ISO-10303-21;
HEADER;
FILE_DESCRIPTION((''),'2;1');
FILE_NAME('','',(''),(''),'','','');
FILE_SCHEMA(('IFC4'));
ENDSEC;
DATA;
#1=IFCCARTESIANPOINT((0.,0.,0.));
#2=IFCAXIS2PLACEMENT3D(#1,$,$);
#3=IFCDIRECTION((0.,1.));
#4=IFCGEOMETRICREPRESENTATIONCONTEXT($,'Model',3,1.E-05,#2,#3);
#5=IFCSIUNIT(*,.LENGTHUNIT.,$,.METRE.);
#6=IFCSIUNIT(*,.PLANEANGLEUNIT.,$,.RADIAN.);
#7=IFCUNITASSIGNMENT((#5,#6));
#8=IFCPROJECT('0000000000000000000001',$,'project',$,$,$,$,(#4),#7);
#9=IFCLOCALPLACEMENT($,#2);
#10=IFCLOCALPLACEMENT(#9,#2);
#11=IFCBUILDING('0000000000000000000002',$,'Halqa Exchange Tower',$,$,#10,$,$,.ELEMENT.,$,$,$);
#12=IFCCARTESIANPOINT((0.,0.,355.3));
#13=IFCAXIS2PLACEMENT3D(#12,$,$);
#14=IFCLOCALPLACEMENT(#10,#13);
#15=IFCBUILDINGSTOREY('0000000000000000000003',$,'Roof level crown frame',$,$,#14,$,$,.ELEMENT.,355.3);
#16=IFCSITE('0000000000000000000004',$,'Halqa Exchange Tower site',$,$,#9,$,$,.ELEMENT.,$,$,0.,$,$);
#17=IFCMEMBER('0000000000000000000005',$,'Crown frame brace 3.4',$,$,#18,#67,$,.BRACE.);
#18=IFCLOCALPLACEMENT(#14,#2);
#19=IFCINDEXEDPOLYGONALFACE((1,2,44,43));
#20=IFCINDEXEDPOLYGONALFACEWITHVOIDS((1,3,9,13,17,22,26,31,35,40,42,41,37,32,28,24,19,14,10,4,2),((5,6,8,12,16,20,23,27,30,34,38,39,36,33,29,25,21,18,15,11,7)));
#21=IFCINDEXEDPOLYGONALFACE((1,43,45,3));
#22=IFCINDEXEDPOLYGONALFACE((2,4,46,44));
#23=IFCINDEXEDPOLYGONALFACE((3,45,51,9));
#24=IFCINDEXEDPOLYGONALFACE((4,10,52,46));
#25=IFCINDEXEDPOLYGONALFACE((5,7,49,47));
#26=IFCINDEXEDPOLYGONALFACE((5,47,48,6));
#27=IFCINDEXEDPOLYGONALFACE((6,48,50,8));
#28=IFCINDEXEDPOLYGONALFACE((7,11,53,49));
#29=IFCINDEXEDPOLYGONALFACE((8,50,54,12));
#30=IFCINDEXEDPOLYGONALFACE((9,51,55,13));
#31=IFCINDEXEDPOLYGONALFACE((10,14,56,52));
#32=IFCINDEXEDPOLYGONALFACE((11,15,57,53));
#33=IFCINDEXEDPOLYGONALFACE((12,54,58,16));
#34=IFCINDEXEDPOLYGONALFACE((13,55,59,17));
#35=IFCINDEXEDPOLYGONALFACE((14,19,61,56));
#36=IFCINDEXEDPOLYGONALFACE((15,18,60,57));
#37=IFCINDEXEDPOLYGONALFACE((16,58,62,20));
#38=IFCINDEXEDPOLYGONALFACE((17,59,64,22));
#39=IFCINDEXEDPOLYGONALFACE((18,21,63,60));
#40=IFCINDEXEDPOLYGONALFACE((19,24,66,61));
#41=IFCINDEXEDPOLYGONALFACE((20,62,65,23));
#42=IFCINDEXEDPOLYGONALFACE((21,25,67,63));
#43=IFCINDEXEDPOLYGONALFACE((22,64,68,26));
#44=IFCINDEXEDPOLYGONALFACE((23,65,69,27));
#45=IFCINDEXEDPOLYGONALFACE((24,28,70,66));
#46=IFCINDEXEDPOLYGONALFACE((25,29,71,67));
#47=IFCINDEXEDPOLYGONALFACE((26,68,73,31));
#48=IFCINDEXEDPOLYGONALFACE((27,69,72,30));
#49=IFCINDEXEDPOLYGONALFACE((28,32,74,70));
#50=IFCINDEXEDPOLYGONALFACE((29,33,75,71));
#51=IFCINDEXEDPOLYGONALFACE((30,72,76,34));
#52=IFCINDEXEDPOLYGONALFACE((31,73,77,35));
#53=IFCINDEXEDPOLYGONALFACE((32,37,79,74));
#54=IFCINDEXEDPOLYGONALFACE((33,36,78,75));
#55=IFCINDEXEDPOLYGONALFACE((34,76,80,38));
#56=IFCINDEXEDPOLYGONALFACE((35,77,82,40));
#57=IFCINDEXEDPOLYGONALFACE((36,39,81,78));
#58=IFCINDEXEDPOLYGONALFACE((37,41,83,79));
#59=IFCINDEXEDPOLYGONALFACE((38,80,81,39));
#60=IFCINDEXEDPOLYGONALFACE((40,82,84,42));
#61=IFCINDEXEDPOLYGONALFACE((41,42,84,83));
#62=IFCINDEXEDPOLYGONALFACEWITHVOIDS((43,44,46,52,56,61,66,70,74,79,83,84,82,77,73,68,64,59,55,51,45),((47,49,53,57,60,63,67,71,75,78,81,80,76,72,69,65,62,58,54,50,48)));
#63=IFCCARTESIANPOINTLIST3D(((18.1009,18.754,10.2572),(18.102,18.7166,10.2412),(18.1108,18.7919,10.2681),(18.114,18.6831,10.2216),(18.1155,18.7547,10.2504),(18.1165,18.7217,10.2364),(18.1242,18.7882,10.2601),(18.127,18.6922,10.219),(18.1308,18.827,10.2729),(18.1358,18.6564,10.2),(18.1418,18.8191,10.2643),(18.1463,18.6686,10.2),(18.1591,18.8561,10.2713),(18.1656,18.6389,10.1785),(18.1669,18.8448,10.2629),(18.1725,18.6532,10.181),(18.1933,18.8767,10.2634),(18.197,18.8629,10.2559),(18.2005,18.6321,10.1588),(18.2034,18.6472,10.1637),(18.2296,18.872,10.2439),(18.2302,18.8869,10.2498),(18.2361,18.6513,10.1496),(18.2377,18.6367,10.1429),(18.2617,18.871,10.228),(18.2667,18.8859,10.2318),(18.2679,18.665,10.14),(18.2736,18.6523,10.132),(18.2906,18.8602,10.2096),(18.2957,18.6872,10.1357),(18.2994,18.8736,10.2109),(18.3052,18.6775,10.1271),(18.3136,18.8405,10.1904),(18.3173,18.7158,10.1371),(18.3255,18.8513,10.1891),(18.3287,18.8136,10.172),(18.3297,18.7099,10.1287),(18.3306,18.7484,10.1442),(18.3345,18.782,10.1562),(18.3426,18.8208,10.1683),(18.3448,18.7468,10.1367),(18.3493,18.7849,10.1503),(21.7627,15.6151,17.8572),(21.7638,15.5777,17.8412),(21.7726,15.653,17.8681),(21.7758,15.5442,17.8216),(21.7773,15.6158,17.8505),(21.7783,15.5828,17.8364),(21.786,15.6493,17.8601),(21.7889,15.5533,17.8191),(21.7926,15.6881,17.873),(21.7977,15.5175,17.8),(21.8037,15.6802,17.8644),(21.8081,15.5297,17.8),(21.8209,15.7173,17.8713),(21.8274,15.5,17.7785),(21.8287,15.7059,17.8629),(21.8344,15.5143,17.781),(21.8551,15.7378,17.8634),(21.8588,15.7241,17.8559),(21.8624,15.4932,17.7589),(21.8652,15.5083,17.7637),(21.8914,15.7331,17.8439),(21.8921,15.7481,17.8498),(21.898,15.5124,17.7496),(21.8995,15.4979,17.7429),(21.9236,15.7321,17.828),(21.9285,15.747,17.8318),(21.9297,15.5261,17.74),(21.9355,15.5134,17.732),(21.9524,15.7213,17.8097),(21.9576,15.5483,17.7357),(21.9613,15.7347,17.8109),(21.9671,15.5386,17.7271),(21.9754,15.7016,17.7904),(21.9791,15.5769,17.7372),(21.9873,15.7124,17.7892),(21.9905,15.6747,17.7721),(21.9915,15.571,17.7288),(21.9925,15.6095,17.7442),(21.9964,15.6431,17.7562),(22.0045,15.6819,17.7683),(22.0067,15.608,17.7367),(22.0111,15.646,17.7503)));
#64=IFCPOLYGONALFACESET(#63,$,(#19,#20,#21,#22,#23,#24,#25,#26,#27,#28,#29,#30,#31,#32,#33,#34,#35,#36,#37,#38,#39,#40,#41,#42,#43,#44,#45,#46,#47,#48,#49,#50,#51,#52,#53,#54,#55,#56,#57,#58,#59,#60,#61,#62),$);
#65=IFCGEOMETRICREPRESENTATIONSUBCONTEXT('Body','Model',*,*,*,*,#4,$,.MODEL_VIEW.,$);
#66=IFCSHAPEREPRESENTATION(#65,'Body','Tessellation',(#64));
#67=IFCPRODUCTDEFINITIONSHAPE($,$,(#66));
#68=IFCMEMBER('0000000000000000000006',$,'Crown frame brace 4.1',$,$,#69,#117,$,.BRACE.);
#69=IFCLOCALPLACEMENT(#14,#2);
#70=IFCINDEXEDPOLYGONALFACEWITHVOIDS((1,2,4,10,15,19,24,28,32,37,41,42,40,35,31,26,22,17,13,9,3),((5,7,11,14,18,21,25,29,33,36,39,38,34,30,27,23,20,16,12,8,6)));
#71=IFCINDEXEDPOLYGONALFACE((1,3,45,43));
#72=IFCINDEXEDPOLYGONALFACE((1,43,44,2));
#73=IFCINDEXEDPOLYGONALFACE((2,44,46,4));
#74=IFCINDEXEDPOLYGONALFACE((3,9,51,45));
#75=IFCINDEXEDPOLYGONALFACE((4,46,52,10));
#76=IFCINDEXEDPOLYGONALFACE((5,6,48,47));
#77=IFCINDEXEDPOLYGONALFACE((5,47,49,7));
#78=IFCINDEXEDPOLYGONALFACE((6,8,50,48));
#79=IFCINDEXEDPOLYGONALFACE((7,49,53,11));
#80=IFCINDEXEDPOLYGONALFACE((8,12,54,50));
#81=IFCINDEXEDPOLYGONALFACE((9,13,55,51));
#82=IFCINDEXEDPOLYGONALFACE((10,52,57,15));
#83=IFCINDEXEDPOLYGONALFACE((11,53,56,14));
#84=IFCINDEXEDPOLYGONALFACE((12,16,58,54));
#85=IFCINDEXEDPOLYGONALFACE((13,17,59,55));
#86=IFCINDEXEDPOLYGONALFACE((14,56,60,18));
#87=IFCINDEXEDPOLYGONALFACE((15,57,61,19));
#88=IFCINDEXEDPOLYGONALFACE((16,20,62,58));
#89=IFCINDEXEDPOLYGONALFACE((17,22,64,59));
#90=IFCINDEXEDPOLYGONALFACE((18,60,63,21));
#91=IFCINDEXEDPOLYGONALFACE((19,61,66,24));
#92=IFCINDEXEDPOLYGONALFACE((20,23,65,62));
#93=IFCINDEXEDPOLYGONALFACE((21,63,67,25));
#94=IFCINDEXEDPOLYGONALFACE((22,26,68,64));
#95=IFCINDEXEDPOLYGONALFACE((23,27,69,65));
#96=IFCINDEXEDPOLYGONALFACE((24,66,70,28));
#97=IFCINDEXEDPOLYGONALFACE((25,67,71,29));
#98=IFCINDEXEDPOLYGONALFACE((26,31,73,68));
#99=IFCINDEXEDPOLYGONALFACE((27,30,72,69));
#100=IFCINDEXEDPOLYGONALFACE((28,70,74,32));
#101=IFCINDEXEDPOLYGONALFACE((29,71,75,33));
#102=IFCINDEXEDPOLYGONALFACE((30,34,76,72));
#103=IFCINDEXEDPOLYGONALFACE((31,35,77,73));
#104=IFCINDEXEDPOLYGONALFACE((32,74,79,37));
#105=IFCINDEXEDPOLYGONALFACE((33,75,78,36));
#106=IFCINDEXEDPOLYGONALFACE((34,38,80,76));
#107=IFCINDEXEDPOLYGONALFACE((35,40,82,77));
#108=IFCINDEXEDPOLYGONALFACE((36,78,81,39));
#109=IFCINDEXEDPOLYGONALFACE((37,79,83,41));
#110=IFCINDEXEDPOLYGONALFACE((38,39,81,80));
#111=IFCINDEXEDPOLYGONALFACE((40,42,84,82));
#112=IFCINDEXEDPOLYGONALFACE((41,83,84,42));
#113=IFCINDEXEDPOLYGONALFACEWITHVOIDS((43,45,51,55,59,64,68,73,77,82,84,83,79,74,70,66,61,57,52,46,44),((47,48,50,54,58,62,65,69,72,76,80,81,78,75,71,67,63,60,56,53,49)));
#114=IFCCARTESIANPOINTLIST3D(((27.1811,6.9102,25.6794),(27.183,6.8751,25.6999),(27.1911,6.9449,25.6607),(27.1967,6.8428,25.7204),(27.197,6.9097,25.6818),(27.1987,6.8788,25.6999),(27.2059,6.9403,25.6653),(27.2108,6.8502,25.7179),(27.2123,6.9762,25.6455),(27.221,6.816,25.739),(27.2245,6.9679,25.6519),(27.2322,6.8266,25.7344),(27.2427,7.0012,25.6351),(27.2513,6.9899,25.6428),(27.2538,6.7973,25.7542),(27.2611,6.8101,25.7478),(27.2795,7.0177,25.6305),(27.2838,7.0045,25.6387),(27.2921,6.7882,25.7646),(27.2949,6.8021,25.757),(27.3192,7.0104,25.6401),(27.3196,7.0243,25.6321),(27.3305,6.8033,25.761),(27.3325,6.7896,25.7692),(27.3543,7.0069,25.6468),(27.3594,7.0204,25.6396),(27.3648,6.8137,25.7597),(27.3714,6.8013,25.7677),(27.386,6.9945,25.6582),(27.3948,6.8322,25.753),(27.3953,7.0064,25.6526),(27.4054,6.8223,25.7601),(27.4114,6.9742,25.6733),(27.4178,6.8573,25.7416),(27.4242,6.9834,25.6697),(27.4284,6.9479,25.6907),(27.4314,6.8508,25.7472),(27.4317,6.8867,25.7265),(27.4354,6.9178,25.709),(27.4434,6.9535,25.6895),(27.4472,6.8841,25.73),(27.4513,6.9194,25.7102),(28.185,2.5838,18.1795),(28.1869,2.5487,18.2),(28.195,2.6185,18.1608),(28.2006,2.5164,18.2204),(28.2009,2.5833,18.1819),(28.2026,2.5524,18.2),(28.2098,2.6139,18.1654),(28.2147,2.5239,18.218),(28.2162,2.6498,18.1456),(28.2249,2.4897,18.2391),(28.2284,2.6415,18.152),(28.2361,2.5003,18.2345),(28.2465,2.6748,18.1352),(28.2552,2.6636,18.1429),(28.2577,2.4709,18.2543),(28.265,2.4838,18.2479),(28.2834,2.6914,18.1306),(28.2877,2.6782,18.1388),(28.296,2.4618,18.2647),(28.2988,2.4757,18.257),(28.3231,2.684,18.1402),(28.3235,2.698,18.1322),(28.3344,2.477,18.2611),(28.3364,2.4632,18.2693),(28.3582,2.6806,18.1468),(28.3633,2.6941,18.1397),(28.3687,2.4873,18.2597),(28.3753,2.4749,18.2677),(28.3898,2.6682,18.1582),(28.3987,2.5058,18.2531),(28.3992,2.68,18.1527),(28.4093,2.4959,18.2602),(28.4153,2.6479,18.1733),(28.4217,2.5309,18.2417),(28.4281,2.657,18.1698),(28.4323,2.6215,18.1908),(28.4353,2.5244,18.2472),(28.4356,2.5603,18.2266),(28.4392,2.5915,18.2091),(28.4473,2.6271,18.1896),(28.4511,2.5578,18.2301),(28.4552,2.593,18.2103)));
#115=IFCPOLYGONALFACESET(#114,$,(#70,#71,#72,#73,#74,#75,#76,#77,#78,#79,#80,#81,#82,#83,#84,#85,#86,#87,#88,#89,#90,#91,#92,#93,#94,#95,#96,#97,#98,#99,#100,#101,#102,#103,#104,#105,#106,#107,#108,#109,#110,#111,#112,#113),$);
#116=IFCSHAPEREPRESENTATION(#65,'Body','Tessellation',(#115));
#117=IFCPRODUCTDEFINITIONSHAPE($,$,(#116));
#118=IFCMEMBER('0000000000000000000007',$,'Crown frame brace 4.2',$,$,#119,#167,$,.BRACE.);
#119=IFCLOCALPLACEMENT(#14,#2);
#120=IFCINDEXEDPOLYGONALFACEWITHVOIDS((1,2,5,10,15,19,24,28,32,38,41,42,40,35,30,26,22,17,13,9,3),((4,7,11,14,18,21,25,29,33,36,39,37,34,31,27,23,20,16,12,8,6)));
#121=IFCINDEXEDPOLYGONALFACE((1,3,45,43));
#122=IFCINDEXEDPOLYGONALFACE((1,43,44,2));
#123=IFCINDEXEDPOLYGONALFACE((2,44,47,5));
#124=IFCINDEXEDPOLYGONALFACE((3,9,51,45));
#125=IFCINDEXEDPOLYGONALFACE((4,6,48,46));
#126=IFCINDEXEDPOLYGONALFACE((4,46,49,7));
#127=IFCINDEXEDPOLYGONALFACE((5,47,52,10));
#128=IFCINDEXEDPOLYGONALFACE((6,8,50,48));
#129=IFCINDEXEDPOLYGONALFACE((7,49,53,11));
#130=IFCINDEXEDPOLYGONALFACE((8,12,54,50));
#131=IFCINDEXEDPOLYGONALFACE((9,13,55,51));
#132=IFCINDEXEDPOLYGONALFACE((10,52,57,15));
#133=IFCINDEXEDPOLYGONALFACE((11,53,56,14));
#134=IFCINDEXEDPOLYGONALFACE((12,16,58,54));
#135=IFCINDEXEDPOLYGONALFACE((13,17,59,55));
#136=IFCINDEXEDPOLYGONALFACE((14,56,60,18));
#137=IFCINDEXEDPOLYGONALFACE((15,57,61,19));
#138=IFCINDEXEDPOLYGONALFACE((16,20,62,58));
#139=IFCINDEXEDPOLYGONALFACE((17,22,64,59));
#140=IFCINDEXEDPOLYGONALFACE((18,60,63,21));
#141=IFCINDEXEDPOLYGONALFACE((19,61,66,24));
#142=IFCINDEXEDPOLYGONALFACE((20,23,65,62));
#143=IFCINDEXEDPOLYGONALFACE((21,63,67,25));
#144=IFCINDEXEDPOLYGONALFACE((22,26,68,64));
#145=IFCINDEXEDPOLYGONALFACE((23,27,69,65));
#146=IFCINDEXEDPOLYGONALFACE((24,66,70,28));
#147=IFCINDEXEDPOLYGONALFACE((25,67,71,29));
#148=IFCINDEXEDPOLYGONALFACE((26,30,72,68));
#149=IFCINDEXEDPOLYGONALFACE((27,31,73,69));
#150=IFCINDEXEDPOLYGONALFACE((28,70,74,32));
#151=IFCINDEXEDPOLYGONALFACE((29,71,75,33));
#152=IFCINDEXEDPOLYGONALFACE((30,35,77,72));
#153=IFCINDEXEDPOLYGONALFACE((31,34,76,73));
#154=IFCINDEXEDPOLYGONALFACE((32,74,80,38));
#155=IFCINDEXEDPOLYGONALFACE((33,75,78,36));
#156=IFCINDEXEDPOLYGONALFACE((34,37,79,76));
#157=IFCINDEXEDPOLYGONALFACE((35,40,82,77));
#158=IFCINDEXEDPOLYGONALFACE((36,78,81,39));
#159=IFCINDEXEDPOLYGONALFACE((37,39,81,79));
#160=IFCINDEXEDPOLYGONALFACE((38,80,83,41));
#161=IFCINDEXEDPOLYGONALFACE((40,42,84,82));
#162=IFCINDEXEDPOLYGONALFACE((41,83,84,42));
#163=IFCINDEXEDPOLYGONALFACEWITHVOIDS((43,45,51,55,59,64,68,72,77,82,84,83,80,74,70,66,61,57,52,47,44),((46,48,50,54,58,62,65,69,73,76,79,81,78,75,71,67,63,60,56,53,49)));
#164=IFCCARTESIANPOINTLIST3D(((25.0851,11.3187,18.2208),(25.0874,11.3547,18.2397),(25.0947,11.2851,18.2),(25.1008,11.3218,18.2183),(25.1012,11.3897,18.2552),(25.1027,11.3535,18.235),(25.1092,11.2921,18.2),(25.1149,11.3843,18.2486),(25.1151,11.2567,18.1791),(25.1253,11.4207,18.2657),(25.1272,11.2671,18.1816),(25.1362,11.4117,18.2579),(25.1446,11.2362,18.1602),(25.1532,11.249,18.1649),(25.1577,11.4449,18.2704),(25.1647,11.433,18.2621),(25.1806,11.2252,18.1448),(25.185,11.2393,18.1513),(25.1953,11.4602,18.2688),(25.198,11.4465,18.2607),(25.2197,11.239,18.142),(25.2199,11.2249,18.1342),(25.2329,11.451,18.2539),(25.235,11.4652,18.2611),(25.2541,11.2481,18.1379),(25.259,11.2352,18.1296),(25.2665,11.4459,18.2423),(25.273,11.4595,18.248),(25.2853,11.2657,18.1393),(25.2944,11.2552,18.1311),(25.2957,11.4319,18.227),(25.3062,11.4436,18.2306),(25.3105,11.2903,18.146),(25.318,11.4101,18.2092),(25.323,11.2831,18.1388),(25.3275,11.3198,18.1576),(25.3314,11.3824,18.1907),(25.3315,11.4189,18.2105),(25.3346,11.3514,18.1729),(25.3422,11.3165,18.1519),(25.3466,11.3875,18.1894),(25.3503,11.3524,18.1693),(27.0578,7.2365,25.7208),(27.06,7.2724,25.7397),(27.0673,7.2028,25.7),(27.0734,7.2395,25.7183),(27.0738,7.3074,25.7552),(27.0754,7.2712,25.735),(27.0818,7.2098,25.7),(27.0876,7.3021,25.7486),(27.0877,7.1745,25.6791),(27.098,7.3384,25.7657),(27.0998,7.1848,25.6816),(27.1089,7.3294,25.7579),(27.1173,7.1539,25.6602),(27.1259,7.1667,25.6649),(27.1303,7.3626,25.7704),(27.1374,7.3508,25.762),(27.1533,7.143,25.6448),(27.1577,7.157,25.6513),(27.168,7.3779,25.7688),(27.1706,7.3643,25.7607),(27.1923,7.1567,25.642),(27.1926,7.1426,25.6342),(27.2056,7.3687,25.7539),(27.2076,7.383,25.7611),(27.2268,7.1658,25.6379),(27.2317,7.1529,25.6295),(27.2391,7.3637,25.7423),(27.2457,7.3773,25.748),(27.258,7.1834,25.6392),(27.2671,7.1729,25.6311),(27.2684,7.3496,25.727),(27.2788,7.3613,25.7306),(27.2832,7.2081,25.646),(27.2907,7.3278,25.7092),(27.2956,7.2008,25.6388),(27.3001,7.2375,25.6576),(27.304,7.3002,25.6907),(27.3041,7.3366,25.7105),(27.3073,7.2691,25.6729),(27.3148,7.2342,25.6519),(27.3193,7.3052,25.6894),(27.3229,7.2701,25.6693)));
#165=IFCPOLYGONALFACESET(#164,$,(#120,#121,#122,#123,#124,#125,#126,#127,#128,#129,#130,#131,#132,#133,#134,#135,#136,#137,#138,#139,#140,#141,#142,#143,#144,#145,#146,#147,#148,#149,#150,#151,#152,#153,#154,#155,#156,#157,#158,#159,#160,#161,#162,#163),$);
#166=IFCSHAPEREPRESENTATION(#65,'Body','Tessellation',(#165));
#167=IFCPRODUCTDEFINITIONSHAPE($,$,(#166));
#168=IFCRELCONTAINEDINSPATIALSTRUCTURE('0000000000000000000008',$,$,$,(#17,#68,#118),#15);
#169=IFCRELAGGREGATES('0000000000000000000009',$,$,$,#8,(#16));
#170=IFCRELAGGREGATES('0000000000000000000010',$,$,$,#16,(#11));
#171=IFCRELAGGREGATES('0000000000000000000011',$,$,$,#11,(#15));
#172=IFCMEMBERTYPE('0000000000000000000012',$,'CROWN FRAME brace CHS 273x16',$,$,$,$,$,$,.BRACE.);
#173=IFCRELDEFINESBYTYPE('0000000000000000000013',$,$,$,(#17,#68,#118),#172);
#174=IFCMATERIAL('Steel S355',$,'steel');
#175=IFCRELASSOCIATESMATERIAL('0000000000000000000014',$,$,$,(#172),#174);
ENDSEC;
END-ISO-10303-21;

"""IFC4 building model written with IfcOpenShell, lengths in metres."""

from ifc_helpers import new_model, si_unit, direction, frame, origin, origin_2d, place, context, subcontext, project, spatial, hollow_circle, extrude, material, material_profile, profile_set, type_object, element, save


model = new_model("IFC4")

# Units and contexts
model_context = context("Model", 3, precision=1e-05, world=origin(), true_north=direction((0.0, 1.0)))
body_context = subcontext(model_context, "Body", "Model", "MODEL_VIEW")
ifc_project = project(units=[si_unit("LENGTHUNIT", "METRE"), si_unit("PLANEANGLEUNIT", "RADIAN")], contexts=[model_context])

# Site, building, storey
site_placement = place(None, origin())
site = spatial("IfcSite", under=ifc_project, at=site_placement, Name="Halqa Exchange Tower site", CompositionType="ELEMENT", RefElevation=0.0)
building_placement = place(site_placement, origin())
building = spatial("IfcBuilding", under=site, at=building_placement, Name="Halqa Exchange Tower", CompositionType="ELEMENT")
storey_placement = place(building_placement, frame((0.0, 0.0, 355.3)))
storey = spatial("IfcBuildingStorey", under=building, at=storey_placement, Name="Roof level crown frame", CompositionType="ELEMENT", Elevation=355.3)

# Members
ifc_material_1 = material(Name="Steel S355", Category="steel")
ifc_material_profile_1 = material_profile(ifc_material_1, hollow_circle(Radius=0.1365, WallThickness=0.0161, at=origin_2d()), Name="CHS 273x16")
ifc_profile_set_1 = profile_set([ifc_material_profile_1], Name="Steel S355")
member_type = type_object("IfcMemberType", Name="CROWN FRAME brace CHS 273x16", PredefinedType="BRACE", material=ifc_profile_set_1)
member_1_placement = place(storey_placement, frame((21.8865, 15.6211, 17.8), z_axis=(-0.406815, 0.348718, -0.844333), x_axis=(-0.650812, -0.759239, 0.0)))
element("IfcMember", 1, at=member_1_placement, inside=storey, type_object=member_type, Name="Crown frame brace 3.4", PredefinedType="BRACE", context=body_context, shape_type="SweptSolid", body=[
    extrude(hollow_circle(Radius=0.1365, WallThickness=0.0161, at=origin_2d()), origin(), (0.0, 0.0, 1.0), 9.0012),
])
member_2_placement = place(storey_placement, frame((28.3198, 2.5796, 18.2), z_axis=(-0.115174, 0.496353, 0.860447), x_axis=(-0.974119, -0.226036, 0.0)))
element("IfcMember", 2, at=member_2_placement, inside=storey, type_object=member_type, Name="Crown frame brace 4.1", PredefinedType="BRACE", context=body_context, shape_type="SweptSolid", body=[
    extrude(hollow_circle(Radius=0.1365, WallThickness=0.0161, at=origin_2d()), origin(), (0.0, 0.0, 1.0), 8.7163),
])
member_3_placement = place(storey_placement, frame((27.1902, 7.2622, 25.7), z_axis=(-0.225088, 0.465805, -0.855781), x_axis=(-0.900387, -0.435089, 0.0)))
element("IfcMember", 3, at=member_3_placement, inside=storey, type_object=member_type, Name="Crown frame brace 4.2", PredefinedType="BRACE", context=body_context, shape_type="SweptSolid", body=[
    extrude(hollow_circle(Radius=0.1365, WallThickness=0.0161, at=origin_2d()), origin(), (0.0, 0.0, 1.0), 8.7639),
])

save(model, "model.ifc")
